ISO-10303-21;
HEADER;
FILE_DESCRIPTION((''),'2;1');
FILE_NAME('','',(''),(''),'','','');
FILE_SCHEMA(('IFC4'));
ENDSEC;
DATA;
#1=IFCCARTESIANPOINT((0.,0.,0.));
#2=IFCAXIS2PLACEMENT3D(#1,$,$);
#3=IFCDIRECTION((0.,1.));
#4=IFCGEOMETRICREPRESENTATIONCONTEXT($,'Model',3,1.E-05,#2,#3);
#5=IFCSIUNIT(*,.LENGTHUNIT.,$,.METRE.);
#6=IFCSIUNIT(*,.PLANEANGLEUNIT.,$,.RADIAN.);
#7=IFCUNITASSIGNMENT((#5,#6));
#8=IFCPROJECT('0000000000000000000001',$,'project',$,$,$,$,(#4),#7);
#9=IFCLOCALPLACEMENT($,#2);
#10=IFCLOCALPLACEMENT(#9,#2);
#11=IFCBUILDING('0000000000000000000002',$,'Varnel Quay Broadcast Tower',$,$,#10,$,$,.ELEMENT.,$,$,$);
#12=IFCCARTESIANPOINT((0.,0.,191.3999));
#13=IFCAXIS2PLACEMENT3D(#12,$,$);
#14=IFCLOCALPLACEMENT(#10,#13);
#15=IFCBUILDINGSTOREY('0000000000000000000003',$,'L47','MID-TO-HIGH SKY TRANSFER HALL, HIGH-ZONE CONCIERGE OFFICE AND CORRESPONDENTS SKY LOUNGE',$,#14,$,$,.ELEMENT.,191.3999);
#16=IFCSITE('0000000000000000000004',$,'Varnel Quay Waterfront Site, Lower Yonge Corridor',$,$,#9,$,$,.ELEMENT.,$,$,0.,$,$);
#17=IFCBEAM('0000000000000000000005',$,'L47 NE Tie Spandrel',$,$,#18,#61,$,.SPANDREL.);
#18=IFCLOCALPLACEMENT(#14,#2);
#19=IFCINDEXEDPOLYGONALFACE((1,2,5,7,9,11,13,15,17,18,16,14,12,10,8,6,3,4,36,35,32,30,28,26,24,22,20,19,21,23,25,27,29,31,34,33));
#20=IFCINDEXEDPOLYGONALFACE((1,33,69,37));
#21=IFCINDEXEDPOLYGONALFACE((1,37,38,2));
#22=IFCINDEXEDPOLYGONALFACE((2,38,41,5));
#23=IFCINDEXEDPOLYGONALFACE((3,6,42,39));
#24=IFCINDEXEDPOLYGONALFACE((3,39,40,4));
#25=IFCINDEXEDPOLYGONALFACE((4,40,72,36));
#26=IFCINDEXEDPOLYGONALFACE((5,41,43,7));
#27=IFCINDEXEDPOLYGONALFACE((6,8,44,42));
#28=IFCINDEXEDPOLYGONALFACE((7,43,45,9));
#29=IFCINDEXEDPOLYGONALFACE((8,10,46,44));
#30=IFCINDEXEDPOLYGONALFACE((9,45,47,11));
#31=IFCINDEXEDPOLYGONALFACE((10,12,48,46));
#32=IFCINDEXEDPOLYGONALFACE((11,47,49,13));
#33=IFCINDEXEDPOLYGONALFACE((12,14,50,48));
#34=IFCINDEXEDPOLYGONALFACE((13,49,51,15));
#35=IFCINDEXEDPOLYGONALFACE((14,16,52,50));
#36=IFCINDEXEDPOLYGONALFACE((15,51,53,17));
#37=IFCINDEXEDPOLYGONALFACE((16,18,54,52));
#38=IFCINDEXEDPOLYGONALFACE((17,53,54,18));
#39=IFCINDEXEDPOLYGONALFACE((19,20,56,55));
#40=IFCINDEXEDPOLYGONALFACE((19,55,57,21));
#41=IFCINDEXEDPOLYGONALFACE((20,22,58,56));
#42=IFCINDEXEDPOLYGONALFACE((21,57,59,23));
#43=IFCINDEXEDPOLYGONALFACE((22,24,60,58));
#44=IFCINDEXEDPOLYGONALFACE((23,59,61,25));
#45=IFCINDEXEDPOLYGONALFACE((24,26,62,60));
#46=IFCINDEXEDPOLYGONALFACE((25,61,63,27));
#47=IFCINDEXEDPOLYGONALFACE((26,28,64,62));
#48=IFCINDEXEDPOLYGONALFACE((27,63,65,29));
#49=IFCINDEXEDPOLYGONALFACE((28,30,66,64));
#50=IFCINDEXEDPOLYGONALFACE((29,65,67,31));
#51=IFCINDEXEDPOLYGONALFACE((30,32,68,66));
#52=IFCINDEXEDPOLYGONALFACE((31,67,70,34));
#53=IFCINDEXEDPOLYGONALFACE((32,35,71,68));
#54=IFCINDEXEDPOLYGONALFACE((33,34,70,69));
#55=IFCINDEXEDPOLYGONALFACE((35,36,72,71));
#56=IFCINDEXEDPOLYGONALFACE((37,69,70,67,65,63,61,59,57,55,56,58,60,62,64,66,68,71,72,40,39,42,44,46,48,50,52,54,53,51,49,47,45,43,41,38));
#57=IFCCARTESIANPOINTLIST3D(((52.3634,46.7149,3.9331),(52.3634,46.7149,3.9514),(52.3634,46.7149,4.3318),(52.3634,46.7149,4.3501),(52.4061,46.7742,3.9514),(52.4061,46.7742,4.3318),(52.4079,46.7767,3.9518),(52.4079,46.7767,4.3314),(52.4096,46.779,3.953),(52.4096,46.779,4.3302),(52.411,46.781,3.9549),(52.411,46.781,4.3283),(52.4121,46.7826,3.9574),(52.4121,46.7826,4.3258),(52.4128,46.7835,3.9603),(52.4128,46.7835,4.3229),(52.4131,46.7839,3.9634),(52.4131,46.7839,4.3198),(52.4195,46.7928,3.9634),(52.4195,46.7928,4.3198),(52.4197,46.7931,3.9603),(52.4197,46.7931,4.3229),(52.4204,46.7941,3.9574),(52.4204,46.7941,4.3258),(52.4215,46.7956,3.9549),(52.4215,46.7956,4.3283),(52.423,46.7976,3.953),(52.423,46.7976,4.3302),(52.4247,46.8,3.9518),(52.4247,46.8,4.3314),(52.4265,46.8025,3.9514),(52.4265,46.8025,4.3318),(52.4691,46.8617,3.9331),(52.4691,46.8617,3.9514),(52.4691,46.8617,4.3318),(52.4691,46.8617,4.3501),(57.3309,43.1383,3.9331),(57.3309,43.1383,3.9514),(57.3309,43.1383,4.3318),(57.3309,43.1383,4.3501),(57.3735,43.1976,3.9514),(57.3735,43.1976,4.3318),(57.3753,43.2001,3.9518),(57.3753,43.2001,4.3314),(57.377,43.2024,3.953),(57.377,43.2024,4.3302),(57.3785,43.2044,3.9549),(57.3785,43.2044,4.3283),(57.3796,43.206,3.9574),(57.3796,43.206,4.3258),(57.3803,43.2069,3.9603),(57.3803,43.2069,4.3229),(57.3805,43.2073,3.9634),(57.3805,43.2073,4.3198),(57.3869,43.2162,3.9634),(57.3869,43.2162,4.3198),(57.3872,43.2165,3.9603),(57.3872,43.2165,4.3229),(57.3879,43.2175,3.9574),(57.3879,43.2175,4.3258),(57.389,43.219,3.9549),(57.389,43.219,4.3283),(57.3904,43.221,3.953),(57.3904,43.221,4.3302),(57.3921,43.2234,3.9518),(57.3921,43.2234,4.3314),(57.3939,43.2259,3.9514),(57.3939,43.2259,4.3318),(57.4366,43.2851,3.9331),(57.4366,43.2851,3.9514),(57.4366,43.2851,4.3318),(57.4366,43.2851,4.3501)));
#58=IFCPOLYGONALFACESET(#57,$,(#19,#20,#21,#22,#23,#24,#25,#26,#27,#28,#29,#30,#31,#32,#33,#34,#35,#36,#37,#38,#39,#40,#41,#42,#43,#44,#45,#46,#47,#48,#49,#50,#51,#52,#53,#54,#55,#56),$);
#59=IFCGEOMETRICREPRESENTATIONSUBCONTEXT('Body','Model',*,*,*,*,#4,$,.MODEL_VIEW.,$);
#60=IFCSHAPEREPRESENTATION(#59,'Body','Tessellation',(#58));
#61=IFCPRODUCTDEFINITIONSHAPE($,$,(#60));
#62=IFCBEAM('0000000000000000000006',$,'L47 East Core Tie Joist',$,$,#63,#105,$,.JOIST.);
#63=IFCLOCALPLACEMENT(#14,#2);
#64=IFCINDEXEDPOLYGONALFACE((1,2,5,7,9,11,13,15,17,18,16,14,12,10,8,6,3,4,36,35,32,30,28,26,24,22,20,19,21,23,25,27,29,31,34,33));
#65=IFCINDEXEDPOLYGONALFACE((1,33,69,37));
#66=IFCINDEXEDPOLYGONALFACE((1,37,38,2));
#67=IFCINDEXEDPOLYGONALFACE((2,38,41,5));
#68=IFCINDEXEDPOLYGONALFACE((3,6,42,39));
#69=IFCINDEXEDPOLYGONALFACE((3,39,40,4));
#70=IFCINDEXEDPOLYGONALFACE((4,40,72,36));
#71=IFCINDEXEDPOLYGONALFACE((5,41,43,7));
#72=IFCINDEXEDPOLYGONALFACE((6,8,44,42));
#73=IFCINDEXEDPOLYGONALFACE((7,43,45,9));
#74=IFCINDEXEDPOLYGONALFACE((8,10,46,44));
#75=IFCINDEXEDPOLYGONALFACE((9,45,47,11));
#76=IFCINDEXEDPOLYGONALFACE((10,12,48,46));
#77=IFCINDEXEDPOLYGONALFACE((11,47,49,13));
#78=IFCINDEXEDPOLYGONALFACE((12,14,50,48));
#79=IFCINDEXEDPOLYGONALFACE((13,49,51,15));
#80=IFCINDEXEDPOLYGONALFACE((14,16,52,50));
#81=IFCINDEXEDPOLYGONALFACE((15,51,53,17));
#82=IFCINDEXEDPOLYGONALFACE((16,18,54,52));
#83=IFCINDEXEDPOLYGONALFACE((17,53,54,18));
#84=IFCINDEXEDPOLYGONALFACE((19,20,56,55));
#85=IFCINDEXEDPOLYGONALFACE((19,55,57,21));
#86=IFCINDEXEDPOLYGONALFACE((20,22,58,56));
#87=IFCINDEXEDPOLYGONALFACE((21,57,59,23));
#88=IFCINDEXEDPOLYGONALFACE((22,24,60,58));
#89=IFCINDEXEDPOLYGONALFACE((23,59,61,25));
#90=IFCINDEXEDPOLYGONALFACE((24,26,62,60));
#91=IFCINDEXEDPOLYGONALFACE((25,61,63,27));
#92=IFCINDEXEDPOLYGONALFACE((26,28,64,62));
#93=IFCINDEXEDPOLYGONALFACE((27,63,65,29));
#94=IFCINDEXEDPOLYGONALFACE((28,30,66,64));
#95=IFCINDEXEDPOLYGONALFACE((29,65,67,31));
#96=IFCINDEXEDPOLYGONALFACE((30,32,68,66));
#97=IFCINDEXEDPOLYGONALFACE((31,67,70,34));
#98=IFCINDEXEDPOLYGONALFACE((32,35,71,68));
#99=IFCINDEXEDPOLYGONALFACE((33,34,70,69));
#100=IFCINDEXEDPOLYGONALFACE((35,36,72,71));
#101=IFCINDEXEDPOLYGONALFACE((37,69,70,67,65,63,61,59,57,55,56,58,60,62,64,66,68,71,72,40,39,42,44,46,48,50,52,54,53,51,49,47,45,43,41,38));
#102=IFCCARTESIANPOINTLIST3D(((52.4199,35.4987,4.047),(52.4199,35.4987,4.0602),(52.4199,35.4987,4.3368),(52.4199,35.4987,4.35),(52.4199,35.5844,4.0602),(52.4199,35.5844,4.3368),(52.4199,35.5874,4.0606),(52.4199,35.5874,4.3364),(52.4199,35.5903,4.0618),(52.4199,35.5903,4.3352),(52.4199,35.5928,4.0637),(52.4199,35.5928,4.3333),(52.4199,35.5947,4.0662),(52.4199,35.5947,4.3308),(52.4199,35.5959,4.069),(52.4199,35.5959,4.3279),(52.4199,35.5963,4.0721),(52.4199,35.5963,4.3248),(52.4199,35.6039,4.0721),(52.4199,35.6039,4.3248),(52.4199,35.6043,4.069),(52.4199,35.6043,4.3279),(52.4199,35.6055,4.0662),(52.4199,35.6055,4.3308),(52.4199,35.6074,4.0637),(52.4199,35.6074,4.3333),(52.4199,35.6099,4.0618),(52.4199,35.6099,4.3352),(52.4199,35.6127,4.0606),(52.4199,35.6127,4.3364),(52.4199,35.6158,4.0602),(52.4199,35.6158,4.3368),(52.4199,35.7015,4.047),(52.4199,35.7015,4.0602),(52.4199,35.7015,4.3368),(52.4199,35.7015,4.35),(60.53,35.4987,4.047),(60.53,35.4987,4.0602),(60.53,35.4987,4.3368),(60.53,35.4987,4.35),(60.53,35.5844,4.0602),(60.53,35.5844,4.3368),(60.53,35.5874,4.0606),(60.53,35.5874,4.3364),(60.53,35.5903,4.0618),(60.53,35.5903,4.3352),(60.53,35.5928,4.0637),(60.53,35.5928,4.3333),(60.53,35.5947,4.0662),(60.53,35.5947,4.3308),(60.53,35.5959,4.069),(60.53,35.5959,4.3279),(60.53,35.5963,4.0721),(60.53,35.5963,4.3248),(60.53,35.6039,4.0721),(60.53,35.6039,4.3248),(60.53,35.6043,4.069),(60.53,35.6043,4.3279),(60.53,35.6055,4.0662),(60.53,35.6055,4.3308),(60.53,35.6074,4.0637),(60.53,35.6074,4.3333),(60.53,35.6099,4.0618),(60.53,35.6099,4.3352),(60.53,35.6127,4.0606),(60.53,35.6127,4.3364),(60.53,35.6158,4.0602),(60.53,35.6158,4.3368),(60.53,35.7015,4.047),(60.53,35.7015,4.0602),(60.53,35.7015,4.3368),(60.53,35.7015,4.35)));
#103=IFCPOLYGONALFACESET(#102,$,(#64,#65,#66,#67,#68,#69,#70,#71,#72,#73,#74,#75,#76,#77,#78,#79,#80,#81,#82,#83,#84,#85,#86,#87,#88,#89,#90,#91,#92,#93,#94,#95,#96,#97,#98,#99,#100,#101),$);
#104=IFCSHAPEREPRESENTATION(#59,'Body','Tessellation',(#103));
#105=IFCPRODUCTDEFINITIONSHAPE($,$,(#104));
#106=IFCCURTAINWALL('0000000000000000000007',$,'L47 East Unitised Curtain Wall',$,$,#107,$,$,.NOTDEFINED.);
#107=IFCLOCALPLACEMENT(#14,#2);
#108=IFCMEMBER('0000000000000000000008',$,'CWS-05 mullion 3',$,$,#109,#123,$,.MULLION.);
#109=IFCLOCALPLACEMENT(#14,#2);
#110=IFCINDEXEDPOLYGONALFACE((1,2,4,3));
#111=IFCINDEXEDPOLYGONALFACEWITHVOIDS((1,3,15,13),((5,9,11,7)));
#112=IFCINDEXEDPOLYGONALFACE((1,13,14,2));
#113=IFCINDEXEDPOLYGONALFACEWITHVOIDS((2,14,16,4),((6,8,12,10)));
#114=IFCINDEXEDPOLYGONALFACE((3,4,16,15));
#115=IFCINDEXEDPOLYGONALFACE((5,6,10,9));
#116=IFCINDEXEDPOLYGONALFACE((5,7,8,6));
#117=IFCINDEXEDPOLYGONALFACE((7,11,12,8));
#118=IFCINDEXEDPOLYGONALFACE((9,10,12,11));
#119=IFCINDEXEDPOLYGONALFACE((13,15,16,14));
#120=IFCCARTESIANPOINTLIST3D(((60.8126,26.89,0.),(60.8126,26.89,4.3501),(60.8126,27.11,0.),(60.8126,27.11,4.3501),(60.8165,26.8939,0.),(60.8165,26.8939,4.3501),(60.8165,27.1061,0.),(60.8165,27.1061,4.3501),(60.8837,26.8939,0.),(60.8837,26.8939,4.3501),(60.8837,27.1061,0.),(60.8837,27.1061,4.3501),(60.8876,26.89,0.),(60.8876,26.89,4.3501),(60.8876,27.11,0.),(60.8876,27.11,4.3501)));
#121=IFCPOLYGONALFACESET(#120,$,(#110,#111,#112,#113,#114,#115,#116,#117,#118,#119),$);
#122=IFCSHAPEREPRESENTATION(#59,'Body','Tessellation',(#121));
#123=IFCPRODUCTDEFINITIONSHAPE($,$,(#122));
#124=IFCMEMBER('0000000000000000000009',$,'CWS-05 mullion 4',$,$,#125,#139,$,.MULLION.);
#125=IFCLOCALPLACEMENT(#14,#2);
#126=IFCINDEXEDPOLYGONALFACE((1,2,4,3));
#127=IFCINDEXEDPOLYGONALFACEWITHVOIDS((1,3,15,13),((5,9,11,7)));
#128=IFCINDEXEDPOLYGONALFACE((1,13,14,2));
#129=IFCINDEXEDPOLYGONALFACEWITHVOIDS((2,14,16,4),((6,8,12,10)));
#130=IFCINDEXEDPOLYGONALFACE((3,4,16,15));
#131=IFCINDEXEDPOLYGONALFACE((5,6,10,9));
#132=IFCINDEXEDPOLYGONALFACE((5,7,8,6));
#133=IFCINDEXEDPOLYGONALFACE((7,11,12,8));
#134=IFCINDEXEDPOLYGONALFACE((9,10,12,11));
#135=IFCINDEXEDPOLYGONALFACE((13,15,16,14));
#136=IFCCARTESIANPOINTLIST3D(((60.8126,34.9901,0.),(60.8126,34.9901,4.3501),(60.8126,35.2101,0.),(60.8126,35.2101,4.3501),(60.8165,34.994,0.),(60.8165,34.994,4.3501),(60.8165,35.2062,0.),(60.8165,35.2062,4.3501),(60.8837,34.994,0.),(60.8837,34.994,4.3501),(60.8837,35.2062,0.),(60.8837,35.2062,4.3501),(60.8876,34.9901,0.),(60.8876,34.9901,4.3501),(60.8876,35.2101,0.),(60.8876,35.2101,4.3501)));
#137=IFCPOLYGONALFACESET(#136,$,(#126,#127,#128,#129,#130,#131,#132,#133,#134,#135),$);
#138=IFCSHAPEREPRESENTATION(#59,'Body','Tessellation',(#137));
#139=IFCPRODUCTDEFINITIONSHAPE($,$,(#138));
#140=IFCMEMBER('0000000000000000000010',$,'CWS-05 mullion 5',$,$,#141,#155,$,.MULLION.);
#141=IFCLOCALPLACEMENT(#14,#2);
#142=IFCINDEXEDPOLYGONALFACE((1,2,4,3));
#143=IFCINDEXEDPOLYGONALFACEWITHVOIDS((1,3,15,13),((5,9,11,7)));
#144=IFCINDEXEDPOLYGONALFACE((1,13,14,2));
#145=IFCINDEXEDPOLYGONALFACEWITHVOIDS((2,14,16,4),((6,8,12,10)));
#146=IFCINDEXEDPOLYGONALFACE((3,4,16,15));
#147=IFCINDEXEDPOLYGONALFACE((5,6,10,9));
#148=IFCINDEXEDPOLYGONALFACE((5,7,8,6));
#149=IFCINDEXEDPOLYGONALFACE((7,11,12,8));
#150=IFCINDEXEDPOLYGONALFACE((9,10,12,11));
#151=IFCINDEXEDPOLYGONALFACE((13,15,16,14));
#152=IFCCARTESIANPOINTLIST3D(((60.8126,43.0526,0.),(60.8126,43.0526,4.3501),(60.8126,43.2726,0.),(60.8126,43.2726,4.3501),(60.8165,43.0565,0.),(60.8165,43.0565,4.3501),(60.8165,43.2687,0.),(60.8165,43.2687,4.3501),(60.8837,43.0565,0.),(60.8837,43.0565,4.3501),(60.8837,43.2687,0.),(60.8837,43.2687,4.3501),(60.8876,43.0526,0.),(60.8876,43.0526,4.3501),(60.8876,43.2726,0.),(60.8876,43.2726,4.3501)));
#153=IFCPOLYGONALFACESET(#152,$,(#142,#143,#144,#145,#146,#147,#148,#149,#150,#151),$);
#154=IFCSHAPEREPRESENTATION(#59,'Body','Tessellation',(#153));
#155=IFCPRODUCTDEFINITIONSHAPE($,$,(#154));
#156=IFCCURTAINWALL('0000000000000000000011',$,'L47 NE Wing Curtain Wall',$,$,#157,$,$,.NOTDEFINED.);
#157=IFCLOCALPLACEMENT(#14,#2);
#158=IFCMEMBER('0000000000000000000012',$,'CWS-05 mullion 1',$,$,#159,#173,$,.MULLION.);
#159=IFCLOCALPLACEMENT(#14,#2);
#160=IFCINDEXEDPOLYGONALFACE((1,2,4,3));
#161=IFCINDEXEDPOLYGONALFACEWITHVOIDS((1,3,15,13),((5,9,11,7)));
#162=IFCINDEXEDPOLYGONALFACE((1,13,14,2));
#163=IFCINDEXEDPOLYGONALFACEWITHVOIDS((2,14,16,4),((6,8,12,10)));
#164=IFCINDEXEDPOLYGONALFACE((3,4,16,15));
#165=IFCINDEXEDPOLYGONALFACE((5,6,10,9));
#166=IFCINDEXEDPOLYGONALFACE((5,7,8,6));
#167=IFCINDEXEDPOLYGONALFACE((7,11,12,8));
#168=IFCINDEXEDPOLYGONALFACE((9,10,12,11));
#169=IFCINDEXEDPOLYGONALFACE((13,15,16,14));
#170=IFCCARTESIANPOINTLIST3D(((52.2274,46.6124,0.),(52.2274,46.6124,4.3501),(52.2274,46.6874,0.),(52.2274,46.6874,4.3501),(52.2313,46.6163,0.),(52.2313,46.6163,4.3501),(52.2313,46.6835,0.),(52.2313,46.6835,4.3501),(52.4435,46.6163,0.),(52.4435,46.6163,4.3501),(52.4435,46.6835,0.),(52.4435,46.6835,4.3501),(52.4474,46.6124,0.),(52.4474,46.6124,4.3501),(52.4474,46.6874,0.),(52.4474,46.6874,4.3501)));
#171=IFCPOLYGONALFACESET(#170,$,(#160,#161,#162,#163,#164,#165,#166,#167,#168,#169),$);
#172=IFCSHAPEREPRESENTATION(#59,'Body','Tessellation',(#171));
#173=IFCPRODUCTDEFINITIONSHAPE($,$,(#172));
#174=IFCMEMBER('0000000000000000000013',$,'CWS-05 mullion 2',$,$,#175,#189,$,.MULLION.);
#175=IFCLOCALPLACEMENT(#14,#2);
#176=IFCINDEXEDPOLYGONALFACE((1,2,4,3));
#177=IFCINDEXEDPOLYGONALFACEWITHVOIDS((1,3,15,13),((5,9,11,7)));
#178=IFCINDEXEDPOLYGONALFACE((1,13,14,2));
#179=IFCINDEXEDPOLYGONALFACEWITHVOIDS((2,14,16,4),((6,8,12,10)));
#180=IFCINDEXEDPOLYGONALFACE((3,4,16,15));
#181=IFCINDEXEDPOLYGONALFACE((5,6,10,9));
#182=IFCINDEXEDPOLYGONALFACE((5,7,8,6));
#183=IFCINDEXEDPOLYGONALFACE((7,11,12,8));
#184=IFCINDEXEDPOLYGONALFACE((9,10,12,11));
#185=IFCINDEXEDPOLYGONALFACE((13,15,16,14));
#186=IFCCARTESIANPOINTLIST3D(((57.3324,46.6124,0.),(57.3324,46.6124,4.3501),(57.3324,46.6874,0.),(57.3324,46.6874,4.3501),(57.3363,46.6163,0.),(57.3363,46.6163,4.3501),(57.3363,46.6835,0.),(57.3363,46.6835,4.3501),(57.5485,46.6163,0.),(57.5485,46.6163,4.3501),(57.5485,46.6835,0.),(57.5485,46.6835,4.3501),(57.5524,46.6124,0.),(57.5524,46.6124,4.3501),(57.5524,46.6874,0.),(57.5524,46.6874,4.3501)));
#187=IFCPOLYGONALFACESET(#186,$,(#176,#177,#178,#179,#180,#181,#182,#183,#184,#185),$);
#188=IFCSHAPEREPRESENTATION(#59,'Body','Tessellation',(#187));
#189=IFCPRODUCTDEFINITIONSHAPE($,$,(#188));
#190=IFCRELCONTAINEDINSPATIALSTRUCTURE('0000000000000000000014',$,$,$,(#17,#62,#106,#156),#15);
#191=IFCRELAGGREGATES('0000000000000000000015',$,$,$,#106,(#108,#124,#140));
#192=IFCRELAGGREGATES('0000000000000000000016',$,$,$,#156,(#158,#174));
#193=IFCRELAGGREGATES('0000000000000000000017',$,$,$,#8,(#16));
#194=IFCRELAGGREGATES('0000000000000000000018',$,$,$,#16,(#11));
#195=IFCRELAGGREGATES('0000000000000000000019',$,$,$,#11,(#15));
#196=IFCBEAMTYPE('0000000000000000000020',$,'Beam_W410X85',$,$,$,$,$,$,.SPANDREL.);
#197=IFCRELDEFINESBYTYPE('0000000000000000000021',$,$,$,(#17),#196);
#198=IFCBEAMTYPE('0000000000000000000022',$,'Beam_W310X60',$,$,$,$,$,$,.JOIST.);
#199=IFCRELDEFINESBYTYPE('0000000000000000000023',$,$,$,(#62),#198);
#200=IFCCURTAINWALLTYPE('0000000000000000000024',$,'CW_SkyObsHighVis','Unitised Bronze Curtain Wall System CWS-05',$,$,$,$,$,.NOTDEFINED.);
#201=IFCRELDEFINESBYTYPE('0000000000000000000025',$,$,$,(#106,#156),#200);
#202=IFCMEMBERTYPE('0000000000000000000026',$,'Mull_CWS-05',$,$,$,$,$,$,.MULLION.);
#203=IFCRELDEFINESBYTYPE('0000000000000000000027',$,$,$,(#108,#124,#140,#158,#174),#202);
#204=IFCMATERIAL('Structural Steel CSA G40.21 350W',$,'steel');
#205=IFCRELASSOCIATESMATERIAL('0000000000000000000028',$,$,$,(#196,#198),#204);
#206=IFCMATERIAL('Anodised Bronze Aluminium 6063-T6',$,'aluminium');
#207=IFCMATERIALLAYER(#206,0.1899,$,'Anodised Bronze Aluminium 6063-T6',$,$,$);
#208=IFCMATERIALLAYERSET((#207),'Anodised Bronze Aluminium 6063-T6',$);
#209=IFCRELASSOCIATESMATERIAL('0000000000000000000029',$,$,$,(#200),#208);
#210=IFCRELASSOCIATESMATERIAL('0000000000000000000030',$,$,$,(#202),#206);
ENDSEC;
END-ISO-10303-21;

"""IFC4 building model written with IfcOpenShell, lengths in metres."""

from ifc_helpers import new_model, si_unit, direction, frame, origin, origin_2d, place, context, subcontext, project, spatial, hollow_rectangle, i_section, extrude, source, transform, mapped, material, layer, layer_set, material_profile, profile_set, type_object, type_shapes, element, aggregate, save


model = new_model("IFC4")

# Units and contexts
model_context = context("Model", 3, precision=1e-05, world=origin(), true_north=direction((0.0, 1.0)))
body_context = subcontext(model_context, "Body", "Model", "MODEL_VIEW")
ifc_project = project(units=[si_unit("LENGTHUNIT", "METRE"), si_unit("PLANEANGLEUNIT", "RADIAN")], contexts=[model_context])

# Site, building, storey
site_placement = place(None, origin())
site = spatial("IfcSite", under=ifc_project, at=site_placement, Name="Varnel Quay Waterfront Site, Lower Yonge Corridor", CompositionType="ELEMENT", RefElevation=0.0)
building_placement = place(site_placement, origin())
building = spatial("IfcBuilding", under=site, at=building_placement, Name="Varnel Quay Broadcast Tower", CompositionType="ELEMENT")
storey_placement = place(building_placement, frame((0.0, 0.0, 191.3999)))
storey = spatial("IfcBuildingStorey", under=building, at=storey_placement, Name="L47", Description="MID-TO-HIGH SKY TRANSFER HALL, HIGH-ZONE CONCIERGE OFFICE AND CORRESPONDENTS SKY LOUNGE", CompositionType="ELEMENT", Elevation=191.3999)

# Shared definitions
ifc_material_1 = material(Name="Structural Steel CSA G40.21 350W", Category="steel")

# Beams
ifc_material_profile_1 = material_profile(ifc_material_1, i_section(OverallWidth=0.1809, OverallDepth=0.417, WebThickness=0.011, FlangeThickness=0.0183, FilletRadius=0.012, at=origin_2d()), Name="W410X85")
ifc_profile_set_1 = profile_set([ifc_material_profile_1], Name="Structural Steel CSA G40.21 350W")
beam_type_1 = type_object("IfcBeamType", Name="Beam_W410X85", PredefinedType="SPANDREL", material=ifc_profile_set_1)
shared_shape_1 = source(origin(), body_context, "Body", "SweptSolid", [
    extrude(i_section(OverallWidth=0.1809, OverallDepth=0.417, WebThickness=0.011, FlangeThickness=0.0183, FilletRadius=0.012, at=origin_2d()), origin(), (0.0, 0.0, 1.0), 6.1211),
])
beam_1_placement = place(storey_placement, frame((52.4163, 46.7883, 4.1416), z_axis=(0.811531, -0.584309, 0.0), x_axis=(0.584309, 0.811531, 0.0)))
element("IfcBeam", 1, at=beam_1_placement, inside=storey, type_object=beam_type_1, Name="L47 NE Tie Spandrel", PredefinedType="SPANDREL", context=body_context, shape_type="MappedRepresentation", body=[
    mapped(shared_shape_1, transform((0.0, 0.0, 0.0), x_axis=(1.0, 0.0, 0.0), y_axis=(0.0, 1.0, 0.0), z_axis=(0.0, 0.0, 1.0), scale=1.0)),
])
ifc_material_profile_2 = material_profile(ifc_material_1, i_section(OverallWidth=0.2029, OverallDepth=0.303, WebThickness=0.0076, FlangeThickness=0.0132, FilletRadius=0.012, at=origin_2d()), Name="W310X60")
ifc_profile_set_2 = profile_set([ifc_material_profile_2], Name="Structural Steel CSA G40.21 350W")
beam_type_2 = type_object("IfcBeamType", Name="Beam_W310X60", PredefinedType="JOIST", material=ifc_profile_set_2)
shared_shape_2 = source(origin(), body_context, "Body", "SweptSolid", [
    extrude(i_section(OverallWidth=0.2029, OverallDepth=0.303, WebThickness=0.0076, FlangeThickness=0.0132, FilletRadius=0.012, at=origin_2d()), origin(), (0.0, 0.0, 1.0), 8.1101),
])
type_shapes(beam_type_2, [shared_shape_2])
beam_2_placement = place(storey_placement, frame((52.4199, 35.6001, 4.1985), z_axis=(1.0, 0.0, 0.0), x_axis=(0.0, 1.0, 0.0)))
element("IfcBeam", 2, at=beam_2_placement, inside=storey, type_object=beam_type_2, Name="L47 East Core Tie Joist", PredefinedType="JOIST", context=body_context, shape_type="MappedRepresentation", body=[
    mapped(shared_shape_2, transform((0.0, 0.0, 0.0), x_axis=(1.0, 0.0, 0.0), y_axis=(0.0, 1.0, 0.0), z_axis=(0.0, 0.0, 1.0), scale=1.0)),
])

# Curtain walls, members
ifc_material_2 = material(Name="Anodised Bronze Aluminium 6063-T6", Category="aluminium")
ifc_layer_1 = layer(ifc_material_2, 0.1899, Name="Anodised Bronze Aluminium 6063-T6")
ifc_layer_set_1 = layer_set([ifc_layer_1], Name="Anodised Bronze Aluminium 6063-T6")
curtain_wall_type = type_object("IfcCurtainWallType", Name="CW_SkyObsHighVis", Description="Unitised Bronze Curtain Wall System CWS-05", PredefinedType="NOTDEFINED", material=ifc_layer_set_1)
curtain_wall_1_placement = place(storey_placement, origin())
curtain_wall_1 = element("IfcCurtainWall", 3, at=curtain_wall_1_placement, inside=storey, type_object=curtain_wall_type, Name="L47 East Unitised Curtain Wall", PredefinedType="NOTDEFINED")
ifc_material_profile_3 = material_profile(ifc_material_2, hollow_rectangle(XDim=0.075, YDim=0.22, WallThickness=0.0039, at=origin_2d()), Name="ALU75X220X4")
ifc_profile_set_3 = profile_set([ifc_material_profile_3], Name="Anodised Bronze Aluminium 6063-T6")
member_type_1 = type_object("IfcMemberType", Name="Mull_CWS-05", PredefinedType="MULLION", material=ifc_profile_set_3)
shared_shape_3 = source(origin(), body_context, "Body", "SweptSolid", [
    extrude(hollow_rectangle(XDim=0.075, YDim=0.22, WallThickness=0.0039, at=origin_2d()), origin(), (0.0, 0.0, 1.0), 4.3501),
])
type_shapes(member_type_1, [shared_shape_3])
member_1_placement = place(storey_placement, frame((60.8501, 27.0, 0.0), z_axis=(0.0, 0.0, 1.0), x_axis=(-1.0, 0.0, 0.0)))
member_1 = element("IfcMember", 4, at=member_1_placement, type_object=member_type_1, Name="CWS-05 mullion 3", PredefinedType="MULLION", context=body_context, shape_type="MappedRepresentation", body=[
    mapped(shared_shape_3, transform((0.0, 0.0, 0.0), x_axis=(1.0, 0.0, 0.0), y_axis=(0.0, 1.0, 0.0), z_axis=(0.0, 0.0, 1.0), scale=1.0)),
])
member_2_placement = place(storey_placement, frame((60.8501, 35.1001, 0.0), z_axis=(0.0, 0.0, 1.0), x_axis=(-1.0, 0.0, 0.0)))
member_2 = element("IfcMember", 5, at=member_2_placement, type_object=member_type_1, Name="CWS-05 mullion 4", PredefinedType="MULLION", context=body_context, shape_type="MappedRepresentation", body=[
    mapped(shared_shape_3, transform((0.0, 0.0, 0.0), x_axis=(1.0, 0.0, 0.0), y_axis=(0.0, 1.0, 0.0), z_axis=(0.0, 0.0, 1.0), scale=1.0)),
])
member_3_placement = place(storey_placement, frame((60.8501, 43.1626, 0.0), z_axis=(0.0, 0.0, 1.0), x_axis=(-1.0, 0.0, 0.0)))
member_3 = element("IfcMember", 6, at=member_3_placement, type_object=member_type_1, Name="CWS-05 mullion 5", PredefinedType="MULLION", context=body_context, shape_type="MappedRepresentation", body=[
    mapped(shared_shape_3, transform((0.0, 0.0, 0.0), x_axis=(1.0, 0.0, 0.0), y_axis=(0.0, 1.0, 0.0), z_axis=(0.0, 0.0, 1.0), scale=1.0)),
])
curtain_wall_2_placement = place(storey_placement, origin())
curtain_wall_2 = element("IfcCurtainWall", 7, at=curtain_wall_2_placement, inside=storey, type_object=curtain_wall_type, Name="L47 NE Wing Curtain Wall", PredefinedType="NOTDEFINED")
member_4_placement = place(storey_placement, frame((52.3374, 46.6499, 0.0), z_axis=(0.0, 0.0, 1.0), x_axis=(0.0, 1.0, 0.0)))
member_4 = element("IfcMember", 8, at=member_4_placement, type_object=member_type_1, Name="CWS-05 mullion 1", PredefinedType="MULLION", context=body_context, shape_type="MappedRepresentation", body=[
    mapped(shared_shape_3, transform((0.0, 0.0, 0.0), x_axis=(1.0, 0.0, 0.0), y_axis=(0.0, 1.0, 0.0), z_axis=(0.0, 0.0, 1.0), scale=1.0)),
])
member_5_placement = place(storey_placement, frame((57.4424, 46.6499, 0.0), z_axis=(0.0, 0.0, 1.0), x_axis=(0.0, 1.0, 0.0)))
member_5 = element("IfcMember", 9, at=member_5_placement, type_object=member_type_1, Name="CWS-05 mullion 2", PredefinedType="MULLION", context=body_context, shape_type="MappedRepresentation", body=[
    mapped(shared_shape_3, transform((0.0, 0.0, 0.0), x_axis=(1.0, 0.0, 0.0), y_axis=(0.0, 1.0, 0.0), z_axis=(0.0, 0.0, 1.0), scale=1.0)),
])

aggregate(curtain_wall_1, [member_1, member_2, member_3])
aggregate(curtain_wall_2, [member_4, member_5])

save(model, "model.ifc")
